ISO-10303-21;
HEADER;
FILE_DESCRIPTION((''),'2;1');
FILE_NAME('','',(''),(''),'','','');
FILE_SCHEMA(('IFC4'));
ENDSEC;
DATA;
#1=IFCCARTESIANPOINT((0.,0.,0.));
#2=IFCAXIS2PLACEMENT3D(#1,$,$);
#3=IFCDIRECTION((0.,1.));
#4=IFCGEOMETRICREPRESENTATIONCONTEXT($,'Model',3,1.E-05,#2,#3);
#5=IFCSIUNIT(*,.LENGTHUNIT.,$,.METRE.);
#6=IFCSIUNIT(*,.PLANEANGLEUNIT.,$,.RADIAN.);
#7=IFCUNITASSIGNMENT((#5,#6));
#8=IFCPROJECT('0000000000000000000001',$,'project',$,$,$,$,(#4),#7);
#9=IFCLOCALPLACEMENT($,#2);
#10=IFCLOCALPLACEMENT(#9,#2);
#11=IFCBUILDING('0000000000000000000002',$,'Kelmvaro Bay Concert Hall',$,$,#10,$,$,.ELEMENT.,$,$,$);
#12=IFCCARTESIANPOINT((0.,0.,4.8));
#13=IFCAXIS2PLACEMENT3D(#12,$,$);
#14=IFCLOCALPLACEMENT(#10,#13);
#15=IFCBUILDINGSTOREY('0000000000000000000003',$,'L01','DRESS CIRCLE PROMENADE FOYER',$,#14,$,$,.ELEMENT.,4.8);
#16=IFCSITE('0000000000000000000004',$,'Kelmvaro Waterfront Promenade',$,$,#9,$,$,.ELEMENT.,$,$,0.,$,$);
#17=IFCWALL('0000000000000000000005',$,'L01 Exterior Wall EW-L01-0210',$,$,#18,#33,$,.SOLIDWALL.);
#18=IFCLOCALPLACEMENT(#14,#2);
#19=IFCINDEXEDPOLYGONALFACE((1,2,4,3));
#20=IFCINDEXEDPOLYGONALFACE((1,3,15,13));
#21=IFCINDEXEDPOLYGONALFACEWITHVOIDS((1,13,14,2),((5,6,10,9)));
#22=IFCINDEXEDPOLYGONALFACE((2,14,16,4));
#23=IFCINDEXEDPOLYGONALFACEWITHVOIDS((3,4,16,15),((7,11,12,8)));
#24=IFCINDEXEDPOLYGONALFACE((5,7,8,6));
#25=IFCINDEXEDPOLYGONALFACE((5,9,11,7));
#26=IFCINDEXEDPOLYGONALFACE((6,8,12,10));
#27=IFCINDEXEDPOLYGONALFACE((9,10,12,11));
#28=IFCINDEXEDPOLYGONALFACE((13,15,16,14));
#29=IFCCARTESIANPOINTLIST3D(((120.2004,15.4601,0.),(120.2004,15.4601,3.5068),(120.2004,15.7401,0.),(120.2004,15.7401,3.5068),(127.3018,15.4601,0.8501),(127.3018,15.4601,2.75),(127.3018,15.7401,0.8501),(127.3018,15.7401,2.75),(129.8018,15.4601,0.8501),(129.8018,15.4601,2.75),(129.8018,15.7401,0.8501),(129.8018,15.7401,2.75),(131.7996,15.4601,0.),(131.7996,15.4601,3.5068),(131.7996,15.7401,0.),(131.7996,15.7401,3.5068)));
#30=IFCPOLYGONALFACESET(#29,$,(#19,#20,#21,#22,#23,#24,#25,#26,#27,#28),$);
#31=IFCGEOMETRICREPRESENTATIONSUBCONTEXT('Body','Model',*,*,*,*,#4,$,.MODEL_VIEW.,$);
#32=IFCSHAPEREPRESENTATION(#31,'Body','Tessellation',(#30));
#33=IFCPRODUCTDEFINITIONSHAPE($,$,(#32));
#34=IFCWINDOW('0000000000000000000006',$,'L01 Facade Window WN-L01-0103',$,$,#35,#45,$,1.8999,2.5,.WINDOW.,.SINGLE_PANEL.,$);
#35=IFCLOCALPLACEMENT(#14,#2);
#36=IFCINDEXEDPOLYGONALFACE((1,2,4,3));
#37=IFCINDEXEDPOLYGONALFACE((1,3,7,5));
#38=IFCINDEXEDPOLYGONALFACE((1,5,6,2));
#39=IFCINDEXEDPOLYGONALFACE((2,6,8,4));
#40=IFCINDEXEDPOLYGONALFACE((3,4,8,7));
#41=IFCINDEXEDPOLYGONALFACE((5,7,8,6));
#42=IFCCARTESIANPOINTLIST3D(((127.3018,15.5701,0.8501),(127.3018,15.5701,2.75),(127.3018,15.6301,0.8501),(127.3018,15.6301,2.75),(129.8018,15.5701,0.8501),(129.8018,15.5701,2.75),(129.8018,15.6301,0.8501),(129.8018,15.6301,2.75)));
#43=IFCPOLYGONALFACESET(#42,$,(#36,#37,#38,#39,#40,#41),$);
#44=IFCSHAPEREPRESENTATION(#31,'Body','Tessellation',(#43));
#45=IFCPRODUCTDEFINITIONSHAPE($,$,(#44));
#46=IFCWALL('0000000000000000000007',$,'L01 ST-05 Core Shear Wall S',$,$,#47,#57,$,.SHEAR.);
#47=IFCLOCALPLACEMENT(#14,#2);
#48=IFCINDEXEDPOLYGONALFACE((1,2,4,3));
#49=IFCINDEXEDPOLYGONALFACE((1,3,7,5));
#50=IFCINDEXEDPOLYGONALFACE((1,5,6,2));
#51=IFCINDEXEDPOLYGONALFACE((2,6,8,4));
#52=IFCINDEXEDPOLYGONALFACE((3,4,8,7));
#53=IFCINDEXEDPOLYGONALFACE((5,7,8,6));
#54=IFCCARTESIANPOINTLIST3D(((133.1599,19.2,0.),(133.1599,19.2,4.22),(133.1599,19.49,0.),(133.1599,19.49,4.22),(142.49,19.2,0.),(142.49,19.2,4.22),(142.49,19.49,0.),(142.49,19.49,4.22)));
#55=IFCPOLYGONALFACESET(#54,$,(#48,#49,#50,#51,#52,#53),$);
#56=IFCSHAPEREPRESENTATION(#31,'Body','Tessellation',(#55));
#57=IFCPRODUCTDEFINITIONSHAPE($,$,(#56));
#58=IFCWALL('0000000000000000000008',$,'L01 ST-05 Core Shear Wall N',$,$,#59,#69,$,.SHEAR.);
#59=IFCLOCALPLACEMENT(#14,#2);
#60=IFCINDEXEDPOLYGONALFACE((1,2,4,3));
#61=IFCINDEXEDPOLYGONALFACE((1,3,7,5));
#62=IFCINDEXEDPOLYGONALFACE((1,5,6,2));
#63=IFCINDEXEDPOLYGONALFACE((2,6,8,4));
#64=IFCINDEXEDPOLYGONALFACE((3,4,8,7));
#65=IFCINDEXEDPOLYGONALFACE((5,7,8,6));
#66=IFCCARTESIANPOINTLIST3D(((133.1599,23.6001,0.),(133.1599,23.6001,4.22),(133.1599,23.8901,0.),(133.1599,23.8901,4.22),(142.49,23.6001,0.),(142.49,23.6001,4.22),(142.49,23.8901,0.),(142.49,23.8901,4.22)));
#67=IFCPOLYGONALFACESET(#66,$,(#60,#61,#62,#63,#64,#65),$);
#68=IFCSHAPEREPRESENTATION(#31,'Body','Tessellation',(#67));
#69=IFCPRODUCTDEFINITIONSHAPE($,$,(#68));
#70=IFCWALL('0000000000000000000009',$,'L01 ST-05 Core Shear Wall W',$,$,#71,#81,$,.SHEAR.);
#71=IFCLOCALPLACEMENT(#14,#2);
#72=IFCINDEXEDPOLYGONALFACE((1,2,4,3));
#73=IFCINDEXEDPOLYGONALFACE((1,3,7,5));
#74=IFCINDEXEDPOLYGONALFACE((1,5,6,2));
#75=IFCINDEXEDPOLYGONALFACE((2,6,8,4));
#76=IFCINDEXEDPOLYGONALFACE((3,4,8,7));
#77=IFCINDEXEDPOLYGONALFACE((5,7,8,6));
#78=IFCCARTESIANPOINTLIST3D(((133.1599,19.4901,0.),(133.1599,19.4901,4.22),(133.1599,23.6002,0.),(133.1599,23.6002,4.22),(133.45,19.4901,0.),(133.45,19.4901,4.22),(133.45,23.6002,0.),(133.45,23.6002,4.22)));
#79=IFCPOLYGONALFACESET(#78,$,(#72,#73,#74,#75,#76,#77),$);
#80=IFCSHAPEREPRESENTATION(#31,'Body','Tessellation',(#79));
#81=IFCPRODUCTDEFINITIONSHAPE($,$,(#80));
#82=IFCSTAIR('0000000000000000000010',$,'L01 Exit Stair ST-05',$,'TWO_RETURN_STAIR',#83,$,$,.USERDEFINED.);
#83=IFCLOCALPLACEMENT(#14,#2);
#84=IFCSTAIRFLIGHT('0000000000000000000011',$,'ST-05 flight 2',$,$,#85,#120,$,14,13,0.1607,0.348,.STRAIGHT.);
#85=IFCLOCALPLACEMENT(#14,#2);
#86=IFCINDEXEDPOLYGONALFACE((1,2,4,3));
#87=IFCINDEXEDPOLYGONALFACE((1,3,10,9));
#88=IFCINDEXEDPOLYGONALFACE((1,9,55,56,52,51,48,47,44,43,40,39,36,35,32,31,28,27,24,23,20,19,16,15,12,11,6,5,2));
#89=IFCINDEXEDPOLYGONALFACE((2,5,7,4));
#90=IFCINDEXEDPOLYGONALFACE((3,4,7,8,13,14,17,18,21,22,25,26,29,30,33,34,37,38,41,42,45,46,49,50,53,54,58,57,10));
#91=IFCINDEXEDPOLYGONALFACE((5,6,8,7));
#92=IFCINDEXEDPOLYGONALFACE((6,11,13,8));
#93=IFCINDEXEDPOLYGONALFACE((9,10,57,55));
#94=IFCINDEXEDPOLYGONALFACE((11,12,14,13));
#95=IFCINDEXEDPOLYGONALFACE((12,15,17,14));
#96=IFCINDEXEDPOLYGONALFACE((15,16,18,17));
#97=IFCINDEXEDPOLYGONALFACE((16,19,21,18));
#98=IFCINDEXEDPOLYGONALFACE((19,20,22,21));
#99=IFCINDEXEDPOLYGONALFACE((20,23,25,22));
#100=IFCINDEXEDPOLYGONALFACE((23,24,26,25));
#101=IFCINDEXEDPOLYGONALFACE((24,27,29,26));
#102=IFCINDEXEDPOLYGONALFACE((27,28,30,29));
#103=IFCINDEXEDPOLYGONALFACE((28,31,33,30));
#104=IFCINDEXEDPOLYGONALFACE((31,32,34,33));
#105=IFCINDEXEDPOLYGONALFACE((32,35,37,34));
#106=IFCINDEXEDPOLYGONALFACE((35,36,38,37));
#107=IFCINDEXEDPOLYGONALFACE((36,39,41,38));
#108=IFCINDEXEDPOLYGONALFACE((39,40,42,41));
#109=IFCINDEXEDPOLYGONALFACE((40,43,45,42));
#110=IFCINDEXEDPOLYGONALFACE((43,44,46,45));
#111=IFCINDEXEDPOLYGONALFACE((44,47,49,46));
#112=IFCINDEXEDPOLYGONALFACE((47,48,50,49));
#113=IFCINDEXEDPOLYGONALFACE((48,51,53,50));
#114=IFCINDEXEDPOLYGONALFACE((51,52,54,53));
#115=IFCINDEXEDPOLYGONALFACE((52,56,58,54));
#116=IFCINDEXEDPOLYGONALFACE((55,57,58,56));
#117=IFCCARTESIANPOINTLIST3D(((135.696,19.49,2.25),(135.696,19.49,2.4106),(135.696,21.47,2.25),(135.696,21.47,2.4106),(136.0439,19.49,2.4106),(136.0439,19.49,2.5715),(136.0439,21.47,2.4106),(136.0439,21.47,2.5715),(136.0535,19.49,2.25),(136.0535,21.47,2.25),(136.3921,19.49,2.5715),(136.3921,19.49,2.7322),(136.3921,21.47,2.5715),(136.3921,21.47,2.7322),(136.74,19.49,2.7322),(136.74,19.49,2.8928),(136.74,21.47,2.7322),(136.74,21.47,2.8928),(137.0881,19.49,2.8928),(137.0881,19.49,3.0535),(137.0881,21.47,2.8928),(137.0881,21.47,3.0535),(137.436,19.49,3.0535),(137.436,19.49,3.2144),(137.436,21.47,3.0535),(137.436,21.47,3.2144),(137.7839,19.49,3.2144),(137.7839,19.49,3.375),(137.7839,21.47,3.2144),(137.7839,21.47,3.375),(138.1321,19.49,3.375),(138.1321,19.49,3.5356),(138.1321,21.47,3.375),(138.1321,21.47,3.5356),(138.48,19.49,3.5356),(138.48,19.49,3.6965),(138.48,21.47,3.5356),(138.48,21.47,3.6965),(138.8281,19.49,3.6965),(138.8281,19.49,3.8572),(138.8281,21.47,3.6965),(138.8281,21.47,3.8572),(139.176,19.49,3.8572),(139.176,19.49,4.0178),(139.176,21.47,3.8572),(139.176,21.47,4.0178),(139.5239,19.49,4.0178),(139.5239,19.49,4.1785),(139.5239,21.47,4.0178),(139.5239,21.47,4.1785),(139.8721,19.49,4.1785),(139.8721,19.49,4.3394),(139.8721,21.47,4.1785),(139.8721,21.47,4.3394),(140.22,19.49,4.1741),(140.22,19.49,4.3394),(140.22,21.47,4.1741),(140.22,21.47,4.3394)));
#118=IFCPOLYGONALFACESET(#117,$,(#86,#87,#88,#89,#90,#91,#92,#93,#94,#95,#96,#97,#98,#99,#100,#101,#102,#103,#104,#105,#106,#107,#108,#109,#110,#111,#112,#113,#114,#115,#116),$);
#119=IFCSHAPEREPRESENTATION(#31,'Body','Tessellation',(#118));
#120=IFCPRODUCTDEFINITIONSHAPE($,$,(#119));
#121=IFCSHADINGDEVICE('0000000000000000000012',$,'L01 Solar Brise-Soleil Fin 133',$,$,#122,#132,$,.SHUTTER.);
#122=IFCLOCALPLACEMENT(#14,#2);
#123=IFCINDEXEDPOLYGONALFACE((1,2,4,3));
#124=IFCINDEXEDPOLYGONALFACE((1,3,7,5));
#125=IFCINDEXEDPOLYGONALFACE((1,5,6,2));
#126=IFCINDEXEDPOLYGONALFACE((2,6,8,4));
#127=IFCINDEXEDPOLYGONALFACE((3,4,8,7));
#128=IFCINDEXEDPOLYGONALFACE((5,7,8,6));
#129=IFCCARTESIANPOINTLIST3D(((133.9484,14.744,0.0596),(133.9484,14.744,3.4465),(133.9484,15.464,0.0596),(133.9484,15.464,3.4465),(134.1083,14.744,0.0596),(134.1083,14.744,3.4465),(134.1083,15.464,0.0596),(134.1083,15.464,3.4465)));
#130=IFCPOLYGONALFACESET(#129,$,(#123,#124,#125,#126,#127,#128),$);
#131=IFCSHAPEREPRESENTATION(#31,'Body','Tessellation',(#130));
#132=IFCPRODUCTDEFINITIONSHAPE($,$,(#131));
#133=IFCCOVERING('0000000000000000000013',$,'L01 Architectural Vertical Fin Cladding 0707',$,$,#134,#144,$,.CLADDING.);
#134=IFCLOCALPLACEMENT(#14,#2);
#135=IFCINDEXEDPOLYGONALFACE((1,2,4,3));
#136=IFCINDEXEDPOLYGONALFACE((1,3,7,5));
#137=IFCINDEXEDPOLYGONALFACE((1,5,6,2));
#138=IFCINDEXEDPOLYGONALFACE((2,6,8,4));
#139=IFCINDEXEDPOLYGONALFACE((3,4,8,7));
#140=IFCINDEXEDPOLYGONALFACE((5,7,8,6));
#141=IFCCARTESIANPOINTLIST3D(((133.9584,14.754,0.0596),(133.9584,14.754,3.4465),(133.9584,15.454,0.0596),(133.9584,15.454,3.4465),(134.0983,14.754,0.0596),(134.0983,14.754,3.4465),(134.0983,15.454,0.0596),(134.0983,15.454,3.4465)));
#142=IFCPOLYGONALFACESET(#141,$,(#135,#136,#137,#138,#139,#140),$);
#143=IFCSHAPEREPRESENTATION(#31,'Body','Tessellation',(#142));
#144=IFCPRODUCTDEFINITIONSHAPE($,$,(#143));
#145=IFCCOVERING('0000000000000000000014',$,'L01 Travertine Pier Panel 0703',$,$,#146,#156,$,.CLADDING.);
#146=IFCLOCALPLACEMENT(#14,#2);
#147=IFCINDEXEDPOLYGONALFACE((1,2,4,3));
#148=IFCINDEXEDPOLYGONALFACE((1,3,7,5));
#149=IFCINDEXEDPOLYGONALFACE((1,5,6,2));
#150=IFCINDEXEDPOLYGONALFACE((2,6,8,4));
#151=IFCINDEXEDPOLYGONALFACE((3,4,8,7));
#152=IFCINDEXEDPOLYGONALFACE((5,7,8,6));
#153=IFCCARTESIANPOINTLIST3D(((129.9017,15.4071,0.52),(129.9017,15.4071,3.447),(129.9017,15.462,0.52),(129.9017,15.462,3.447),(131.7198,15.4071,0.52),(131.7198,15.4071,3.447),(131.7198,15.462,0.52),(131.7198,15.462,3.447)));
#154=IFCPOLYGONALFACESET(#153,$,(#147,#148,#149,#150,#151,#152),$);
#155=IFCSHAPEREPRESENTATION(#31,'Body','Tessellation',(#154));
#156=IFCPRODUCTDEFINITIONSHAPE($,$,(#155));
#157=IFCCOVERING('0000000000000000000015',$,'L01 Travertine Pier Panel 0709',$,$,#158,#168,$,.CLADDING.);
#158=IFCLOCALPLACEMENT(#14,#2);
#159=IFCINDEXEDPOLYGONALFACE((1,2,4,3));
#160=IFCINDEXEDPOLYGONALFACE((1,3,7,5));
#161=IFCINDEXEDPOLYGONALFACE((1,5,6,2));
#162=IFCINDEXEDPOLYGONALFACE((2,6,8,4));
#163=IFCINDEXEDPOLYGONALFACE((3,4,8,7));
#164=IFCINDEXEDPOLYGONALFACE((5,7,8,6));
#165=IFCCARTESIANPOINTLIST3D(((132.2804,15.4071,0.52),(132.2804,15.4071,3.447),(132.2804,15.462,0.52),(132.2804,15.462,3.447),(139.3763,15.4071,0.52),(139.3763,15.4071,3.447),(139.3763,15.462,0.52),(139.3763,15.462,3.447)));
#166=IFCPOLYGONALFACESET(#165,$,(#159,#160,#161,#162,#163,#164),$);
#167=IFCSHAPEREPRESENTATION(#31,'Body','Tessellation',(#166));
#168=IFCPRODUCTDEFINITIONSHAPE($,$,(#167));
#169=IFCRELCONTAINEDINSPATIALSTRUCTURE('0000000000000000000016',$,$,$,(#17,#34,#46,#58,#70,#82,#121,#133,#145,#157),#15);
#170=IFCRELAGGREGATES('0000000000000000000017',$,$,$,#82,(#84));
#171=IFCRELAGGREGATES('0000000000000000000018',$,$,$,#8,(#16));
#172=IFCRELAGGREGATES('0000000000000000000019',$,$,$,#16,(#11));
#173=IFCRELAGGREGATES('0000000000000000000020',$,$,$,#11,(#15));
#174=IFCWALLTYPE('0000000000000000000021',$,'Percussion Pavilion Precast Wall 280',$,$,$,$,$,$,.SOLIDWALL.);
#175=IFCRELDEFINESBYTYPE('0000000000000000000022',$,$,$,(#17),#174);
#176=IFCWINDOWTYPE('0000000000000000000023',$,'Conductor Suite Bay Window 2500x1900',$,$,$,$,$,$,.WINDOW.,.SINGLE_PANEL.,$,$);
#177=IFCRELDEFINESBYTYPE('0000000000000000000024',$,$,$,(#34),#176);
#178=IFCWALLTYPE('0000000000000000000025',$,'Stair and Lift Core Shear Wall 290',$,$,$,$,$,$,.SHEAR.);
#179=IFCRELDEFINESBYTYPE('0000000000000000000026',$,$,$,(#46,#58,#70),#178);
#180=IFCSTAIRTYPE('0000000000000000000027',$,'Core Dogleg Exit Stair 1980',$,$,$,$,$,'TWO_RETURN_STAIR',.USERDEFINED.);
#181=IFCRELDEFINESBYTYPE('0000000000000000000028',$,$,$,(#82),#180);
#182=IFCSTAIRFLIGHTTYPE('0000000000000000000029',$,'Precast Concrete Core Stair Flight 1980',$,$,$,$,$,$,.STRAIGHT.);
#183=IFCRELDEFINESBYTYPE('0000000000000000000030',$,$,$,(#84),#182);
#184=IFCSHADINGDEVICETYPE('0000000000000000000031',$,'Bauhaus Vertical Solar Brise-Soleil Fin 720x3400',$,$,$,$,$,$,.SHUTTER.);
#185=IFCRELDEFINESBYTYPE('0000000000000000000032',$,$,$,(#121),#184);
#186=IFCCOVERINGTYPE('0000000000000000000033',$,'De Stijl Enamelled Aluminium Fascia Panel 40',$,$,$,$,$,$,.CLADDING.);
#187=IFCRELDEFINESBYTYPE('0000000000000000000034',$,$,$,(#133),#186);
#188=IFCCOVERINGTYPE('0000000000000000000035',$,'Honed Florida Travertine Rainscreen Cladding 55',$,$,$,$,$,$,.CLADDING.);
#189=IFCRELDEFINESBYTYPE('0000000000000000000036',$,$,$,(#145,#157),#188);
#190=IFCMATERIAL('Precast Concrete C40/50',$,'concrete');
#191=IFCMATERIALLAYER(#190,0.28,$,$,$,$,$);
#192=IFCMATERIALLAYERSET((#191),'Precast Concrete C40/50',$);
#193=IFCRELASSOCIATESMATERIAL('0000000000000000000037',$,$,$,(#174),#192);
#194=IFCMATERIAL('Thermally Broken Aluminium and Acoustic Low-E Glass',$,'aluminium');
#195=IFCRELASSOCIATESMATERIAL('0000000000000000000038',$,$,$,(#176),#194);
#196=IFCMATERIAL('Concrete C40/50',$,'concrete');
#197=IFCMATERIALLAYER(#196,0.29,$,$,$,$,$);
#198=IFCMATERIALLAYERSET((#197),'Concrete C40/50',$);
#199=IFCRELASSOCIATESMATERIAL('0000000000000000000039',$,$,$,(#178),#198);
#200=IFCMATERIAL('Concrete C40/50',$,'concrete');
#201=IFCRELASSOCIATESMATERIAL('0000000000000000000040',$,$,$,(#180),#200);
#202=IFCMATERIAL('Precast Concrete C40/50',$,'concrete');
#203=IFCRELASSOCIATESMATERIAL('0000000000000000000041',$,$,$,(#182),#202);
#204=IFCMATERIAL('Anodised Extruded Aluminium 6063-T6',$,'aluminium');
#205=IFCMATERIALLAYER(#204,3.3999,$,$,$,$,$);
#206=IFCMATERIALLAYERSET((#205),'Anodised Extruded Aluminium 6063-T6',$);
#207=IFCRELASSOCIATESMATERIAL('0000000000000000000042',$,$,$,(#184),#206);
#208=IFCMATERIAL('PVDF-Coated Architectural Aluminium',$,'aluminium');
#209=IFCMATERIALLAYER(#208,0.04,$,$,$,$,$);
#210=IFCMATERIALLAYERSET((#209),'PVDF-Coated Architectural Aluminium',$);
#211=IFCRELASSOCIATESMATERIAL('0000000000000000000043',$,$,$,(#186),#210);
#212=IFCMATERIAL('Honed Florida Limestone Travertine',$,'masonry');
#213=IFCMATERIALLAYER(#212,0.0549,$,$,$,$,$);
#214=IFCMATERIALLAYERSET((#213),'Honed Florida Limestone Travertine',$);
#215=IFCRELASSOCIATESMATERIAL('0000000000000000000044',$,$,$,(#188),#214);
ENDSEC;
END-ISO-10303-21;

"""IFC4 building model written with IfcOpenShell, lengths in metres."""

from ifc_helpers import new_model, si_unit, direction, frame, frame_2d, origin, origin_2d, place, context, subcontext, project, spatial, polyline, rectangle, outline, extrude, material, layer, layer_set, type_object, element, fill, aggregate, save


model = new_model("IFC4")

# Units and contexts
model_context = context("Model", 3, precision=1e-05, world=origin(), true_north=direction((0.0, 1.0)))
body_context = subcontext(model_context, "Body", "Model", "MODEL_VIEW")
ifc_project = project(units=[si_unit("LENGTHUNIT", "METRE"), si_unit("PLANEANGLEUNIT", "RADIAN")], contexts=[model_context])

# Site, building, storey
site_placement = place(None, origin())
site = spatial("IfcSite", under=ifc_project, at=site_placement, Name="Kelmvaro Waterfront Promenade", CompositionType="ELEMENT", RefElevation=0.0)
building_placement = place(site_placement, origin())
building = spatial("IfcBuilding", under=site, at=building_placement, Name="Kelmvaro Bay Concert Hall", CompositionType="ELEMENT")
storey_placement = place(building_placement, frame((0.0, 0.0, 4.8)))
storey = spatial("IfcBuildingStorey", under=building, at=storey_placement, Name="L01", Description="DRESS CIRCLE PROMENADE FOYER", CompositionType="ELEMENT", Elevation=4.8)

# Wall, opening, window
ifc_material_1 = material(Name="Precast Concrete C40/50", Category="concrete")
ifc_layer_1 = layer(ifc_material_1, 0.28)
ifc_layer_set_1 = layer_set([ifc_layer_1], Name="Precast Concrete C40/50")
wall_type_1 = type_object("IfcWallType", Name="Percussion Pavilion Precast Wall 280", PredefinedType="SOLIDWALL", material=ifc_layer_set_1)
wall_1_placement = place(storey_placement, frame((131.7996, 15.6001, 0.0), z_axis=(0.0, 0.0, 1.0), x_axis=(-1.0, 0.0, 0.0)))
wall_1 = element("IfcWall", 1, at=wall_1_placement, inside=storey, type_object=wall_type_1, Name="L01 Exterior Wall EW-L01-0210", PredefinedType="SOLIDWALL", context=body_context, shape_type="SweptSolid", body=[
    extrude(rectangle(XDim=11.5991, YDim=0.28, at=frame_2d((5.7996, 0.0))), origin(), (0.0, 0.0, 1.0), 3.5068),
])
opening_placement = place(wall_1_placement, frame((1.9978, 0.0, 0.8501)))
opening = element("IfcOpeningElement", 2, at=opening_placement, cuts=wall_1, PredefinedType="OPENING", context=body_context, shape_type="SweptSolid", body=[
    extrude(rectangle(XDim=2.5, YDim=1.8999, at=frame_2d((1.25, 0.95))), frame((0.0, 0.1499, 0.0), z_axis=(0.0, -1.0, 0.0), x_axis=(1.0, 0.0, 0.0)), (0.0, 0.0, 1.0), 0.3),
])
ifc_material_2 = material(Name="Thermally Broken Aluminium and Acoustic Low-E Glass", Category="aluminium")
window_type = type_object("IfcWindowType", Name="Conductor Suite Bay Window 2500x1900", PartitioningType="SINGLE_PANEL", PredefinedType="WINDOW", material=ifc_material_2)
window_placement = place(opening_placement, origin())
window = element("IfcWindow", 3, at=window_placement, inside=storey, type_object=window_type, Name="L01 Facade Window WN-L01-0103", OverallHeight=1.8999, OverallWidth=2.5, PartitioningType="SINGLE_PANEL", PredefinedType="WINDOW", context=body_context, shape_type="SweptSolid", body=[
    extrude(rectangle(XDim=2.5, YDim=1.8999, at=frame_2d((1.25, 0.95))), frame((0.0, 0.03, 0.0), z_axis=(0.0, -1.0, 0.0), x_axis=(1.0, 0.0, 0.0)), (0.0, 0.0, 1.0), 0.0601),
])
fill(opening, window)

# Walls
ifc_material_3 = material(Name="Concrete C40/50", Category="concrete")
ifc_layer_2 = layer(ifc_material_3, 0.29)
ifc_layer_set_2 = layer_set([ifc_layer_2], Name="Concrete C40/50")
wall_type_2 = type_object("IfcWallType", Name="Stair and Lift Core Shear Wall 290", PredefinedType="SHEAR", material=ifc_layer_set_2)
for number, where, z_axis, x_axis, name in (
    (4, (133.1599, 19.345, 0.0), (0.0, 0.0, 1.0), (1.0, 0.0, 0.0), "L01 ST-05 Core Shear Wall S"),
    (5, (133.1599, 23.7451, 0.0), (0.0, 0.0, 1.0), (1.0, 0.0, 0.0), "L01 ST-05 Core Shear Wall N"),
):
    element("IfcWall", number, at=place(storey_placement, frame(where, z_axis=z_axis, x_axis=x_axis)), inside=storey, type_object=wall_type_2, Name=name, PredefinedType="SHEAR", context=body_context, shape_type="SweptSolid", body=[
        extrude(rectangle(XDim=9.3301, YDim=0.29, at=frame_2d((4.665, 0.0))), origin(), (0.0, 0.0, 1.0), 4.22),
    ])
wall_2_placement = place(storey_placement, frame((133.3049, 19.49, 0.0), z_axis=(0.0, 0.0, 1.0), x_axis=(0.0, 1.0, 0.0)))
element("IfcWall", 6, at=wall_2_placement, inside=storey, type_object=wall_type_2, Name="L01 ST-05 Core Shear Wall W", PredefinedType="SHEAR", context=body_context, shape_type="SweptSolid", body=[
    extrude(rectangle(XDim=4.1101, YDim=0.29, at=frame_2d((2.0552, 0.0))), origin(), (0.0, 0.0, 1.0), 4.22),
])

# Stair, stair flight
ifc_material_4 = material(Name="Concrete C40/50", Category="concrete")
stair_type = type_object("IfcStairType", Name="Core Dogleg Exit Stair 1980", ElementType="TWO_RETURN_STAIR", PredefinedType="USERDEFINED", material=ifc_material_4)
stair_placement = place(storey_placement, origin())
stair = element("IfcStair", 7, at=stair_placement, inside=storey, type_object=stair_type, Name="L01 Exit Stair ST-05", ObjectType="TWO_RETURN_STAIR", PredefinedType="USERDEFINED")
ifc_material_5 = material(Name="Precast Concrete C40/50", Category="concrete")
stair_flight_type = type_object("IfcStairFlightType", Name="Precast Concrete Core Stair Flight 1980", PredefinedType="STRAIGHT", material=ifc_material_5)
stair_flight_placement = place(storey_placement, frame((135.696, 20.48, 2.25), z_axis=(0.0, 0.0, 1.0), x_axis=(1.0, 0.0, 0.0)))
stair_flight = element("IfcStairFlight", 8, at=stair_flight_placement, type_object=stair_flight_type, Name="ST-05 flight 2", NumberOfRisers=14, NumberOfTreads=13, PredefinedType="STRAIGHT", RiserHeight=0.1607, TreadLength=0.348, context=body_context, shape_type="SweptSolid", body=[
    extrude(outline(polyline([(0.0, 0.0), (0.0, 0.1606), (0.3479, 0.1606), (0.3479, 0.3215), (0.696, 0.3215), (0.696, 0.4822), (1.0439, 0.4822), (1.0439, 0.6428), (1.3921, 0.6428), (1.3921, 0.8035), (1.74, 0.8035), (1.74, 0.9644), (2.0879, 0.9644), (2.0879, 1.125), (2.436, 1.125), (2.436, 1.2856), (2.7839, 1.2856), (2.7839, 1.4465), (3.1321, 1.4465), (3.1321, 1.6072), (3.48, 1.6072), (3.48, 1.7678), (3.8279, 1.7678), (3.8279, 1.9285), (4.176, 1.9285), (4.176, 2.0894), (4.5239, 2.0894), (4.5239, 2.25), (4.5239, 1.9241), (0.3574, 0.0), (0.0, 0.0)])), frame((0.0, 0.99, 0.0), z_axis=(0.0, -1.0, 0.0), x_axis=(1.0, 0.0, 0.0)), (0.0, 0.0, 1.0), 1.98),
])
aggregate(stair, [stair_flight])

# Shading device
ifc_material_6 = material(Name="Anodised Extruded Aluminium 6063-T6", Category="aluminium")
ifc_layer_3 = layer(ifc_material_6, 3.3999)
ifc_layer_set_3 = layer_set([ifc_layer_3], Name="Anodised Extruded Aluminium 6063-T6")
shading_device_type = type_object("IfcShadingDeviceType", Name="Bauhaus Vertical Solar Brise-Soleil Fin 720x3400", PredefinedType="SHUTTER", material=ifc_layer_set_3)
shading_device_placement = place(storey_placement, frame((134.0283, 15.104, 0.0596), z_axis=(0.0, 0.0, 1.0), x_axis=(-1.0, 0.0, 0.0)))
element("IfcShadingDevice", 9, at=shading_device_placement, inside=storey, type_object=shading_device_type, Name="L01 Solar Brise-Soleil Fin 133", PredefinedType="SHUTTER", context=body_context, shape_type="SweptSolid", body=[
    extrude(rectangle(XDim=0.1599, YDim=0.72, at=origin_2d()), origin(), (0.0, 0.0, 1.0), 3.387),
])

# Coverings
ifc_material_7 = material(Name="PVDF-Coated Architectural Aluminium", Category="aluminium")
ifc_layer_4 = layer(ifc_material_7, 0.04)
ifc_layer_set_4 = layer_set([ifc_layer_4], Name="PVDF-Coated Architectural Aluminium")
covering_type_1 = type_object("IfcCoveringType", Name="De Stijl Enamelled Aluminium Fascia Panel 40", PredefinedType="CLADDING", material=ifc_layer_set_4)
covering_1_placement = place(storey_placement, frame((134.0283, 15.104, 0.0596), z_axis=(0.0, 0.0, 1.0), x_axis=(-1.0, 0.0, 0.0)))
element("IfcCovering", 10, at=covering_1_placement, inside=storey, type_object=covering_type_1, Name="L01 Architectural Vertical Fin Cladding 0707", PredefinedType="CLADDING", context=body_context, shape_type="SweptSolid", body=[
    extrude(rectangle(XDim=0.1399, YDim=0.7, at=origin_2d()), origin(), (0.0, 0.0, 1.0), 3.387),
])
ifc_material_8 = material(Name="Honed Florida Limestone Travertine", Category="masonry")
ifc_layer_5 = layer(ifc_material_8, 0.0549)
ifc_layer_set_5 = layer_set([ifc_layer_5], Name="Honed Florida Limestone Travertine")
covering_type_2 = type_object("IfcCoveringType", Name="Honed Florida Travertine Rainscreen Cladding 55", PredefinedType="CLADDING", material=ifc_layer_set_5)
covering_2_placement = place(storey_placement, frame((130.8108, 15.4346, 0.52), z_axis=(0.0, 0.0, 1.0), x_axis=(-1.0, 0.0, 0.0)))
element("IfcCovering", 11, at=covering_2_placement, inside=storey, type_object=covering_type_2, Name="L01 Travertine Pier Panel 0703", PredefinedType="CLADDING", context=body_context, shape_type="SweptSolid", body=[
    extrude(rectangle(XDim=1.8181, YDim=0.0549, at=origin_2d()), origin(), (0.0, 0.0, 1.0), 2.927),
])
covering_3_placement = place(storey_placement, frame((135.8284, 15.4346, 0.52), z_axis=(0.0, 0.0, 1.0), x_axis=(-1.0, 0.0, 0.0)))
element("IfcCovering", 12, at=covering_3_placement, inside=storey, type_object=covering_type_2, Name="L01 Travertine Pier Panel 0709", PredefinedType="CLADDING", context=body_context, shape_type="SweptSolid", body=[
    extrude(rectangle(XDim=7.0959, YDim=0.0549, at=origin_2d()), origin(), (0.0, 0.0, 1.0), 2.927),
])

save(model, "model.ifc")
